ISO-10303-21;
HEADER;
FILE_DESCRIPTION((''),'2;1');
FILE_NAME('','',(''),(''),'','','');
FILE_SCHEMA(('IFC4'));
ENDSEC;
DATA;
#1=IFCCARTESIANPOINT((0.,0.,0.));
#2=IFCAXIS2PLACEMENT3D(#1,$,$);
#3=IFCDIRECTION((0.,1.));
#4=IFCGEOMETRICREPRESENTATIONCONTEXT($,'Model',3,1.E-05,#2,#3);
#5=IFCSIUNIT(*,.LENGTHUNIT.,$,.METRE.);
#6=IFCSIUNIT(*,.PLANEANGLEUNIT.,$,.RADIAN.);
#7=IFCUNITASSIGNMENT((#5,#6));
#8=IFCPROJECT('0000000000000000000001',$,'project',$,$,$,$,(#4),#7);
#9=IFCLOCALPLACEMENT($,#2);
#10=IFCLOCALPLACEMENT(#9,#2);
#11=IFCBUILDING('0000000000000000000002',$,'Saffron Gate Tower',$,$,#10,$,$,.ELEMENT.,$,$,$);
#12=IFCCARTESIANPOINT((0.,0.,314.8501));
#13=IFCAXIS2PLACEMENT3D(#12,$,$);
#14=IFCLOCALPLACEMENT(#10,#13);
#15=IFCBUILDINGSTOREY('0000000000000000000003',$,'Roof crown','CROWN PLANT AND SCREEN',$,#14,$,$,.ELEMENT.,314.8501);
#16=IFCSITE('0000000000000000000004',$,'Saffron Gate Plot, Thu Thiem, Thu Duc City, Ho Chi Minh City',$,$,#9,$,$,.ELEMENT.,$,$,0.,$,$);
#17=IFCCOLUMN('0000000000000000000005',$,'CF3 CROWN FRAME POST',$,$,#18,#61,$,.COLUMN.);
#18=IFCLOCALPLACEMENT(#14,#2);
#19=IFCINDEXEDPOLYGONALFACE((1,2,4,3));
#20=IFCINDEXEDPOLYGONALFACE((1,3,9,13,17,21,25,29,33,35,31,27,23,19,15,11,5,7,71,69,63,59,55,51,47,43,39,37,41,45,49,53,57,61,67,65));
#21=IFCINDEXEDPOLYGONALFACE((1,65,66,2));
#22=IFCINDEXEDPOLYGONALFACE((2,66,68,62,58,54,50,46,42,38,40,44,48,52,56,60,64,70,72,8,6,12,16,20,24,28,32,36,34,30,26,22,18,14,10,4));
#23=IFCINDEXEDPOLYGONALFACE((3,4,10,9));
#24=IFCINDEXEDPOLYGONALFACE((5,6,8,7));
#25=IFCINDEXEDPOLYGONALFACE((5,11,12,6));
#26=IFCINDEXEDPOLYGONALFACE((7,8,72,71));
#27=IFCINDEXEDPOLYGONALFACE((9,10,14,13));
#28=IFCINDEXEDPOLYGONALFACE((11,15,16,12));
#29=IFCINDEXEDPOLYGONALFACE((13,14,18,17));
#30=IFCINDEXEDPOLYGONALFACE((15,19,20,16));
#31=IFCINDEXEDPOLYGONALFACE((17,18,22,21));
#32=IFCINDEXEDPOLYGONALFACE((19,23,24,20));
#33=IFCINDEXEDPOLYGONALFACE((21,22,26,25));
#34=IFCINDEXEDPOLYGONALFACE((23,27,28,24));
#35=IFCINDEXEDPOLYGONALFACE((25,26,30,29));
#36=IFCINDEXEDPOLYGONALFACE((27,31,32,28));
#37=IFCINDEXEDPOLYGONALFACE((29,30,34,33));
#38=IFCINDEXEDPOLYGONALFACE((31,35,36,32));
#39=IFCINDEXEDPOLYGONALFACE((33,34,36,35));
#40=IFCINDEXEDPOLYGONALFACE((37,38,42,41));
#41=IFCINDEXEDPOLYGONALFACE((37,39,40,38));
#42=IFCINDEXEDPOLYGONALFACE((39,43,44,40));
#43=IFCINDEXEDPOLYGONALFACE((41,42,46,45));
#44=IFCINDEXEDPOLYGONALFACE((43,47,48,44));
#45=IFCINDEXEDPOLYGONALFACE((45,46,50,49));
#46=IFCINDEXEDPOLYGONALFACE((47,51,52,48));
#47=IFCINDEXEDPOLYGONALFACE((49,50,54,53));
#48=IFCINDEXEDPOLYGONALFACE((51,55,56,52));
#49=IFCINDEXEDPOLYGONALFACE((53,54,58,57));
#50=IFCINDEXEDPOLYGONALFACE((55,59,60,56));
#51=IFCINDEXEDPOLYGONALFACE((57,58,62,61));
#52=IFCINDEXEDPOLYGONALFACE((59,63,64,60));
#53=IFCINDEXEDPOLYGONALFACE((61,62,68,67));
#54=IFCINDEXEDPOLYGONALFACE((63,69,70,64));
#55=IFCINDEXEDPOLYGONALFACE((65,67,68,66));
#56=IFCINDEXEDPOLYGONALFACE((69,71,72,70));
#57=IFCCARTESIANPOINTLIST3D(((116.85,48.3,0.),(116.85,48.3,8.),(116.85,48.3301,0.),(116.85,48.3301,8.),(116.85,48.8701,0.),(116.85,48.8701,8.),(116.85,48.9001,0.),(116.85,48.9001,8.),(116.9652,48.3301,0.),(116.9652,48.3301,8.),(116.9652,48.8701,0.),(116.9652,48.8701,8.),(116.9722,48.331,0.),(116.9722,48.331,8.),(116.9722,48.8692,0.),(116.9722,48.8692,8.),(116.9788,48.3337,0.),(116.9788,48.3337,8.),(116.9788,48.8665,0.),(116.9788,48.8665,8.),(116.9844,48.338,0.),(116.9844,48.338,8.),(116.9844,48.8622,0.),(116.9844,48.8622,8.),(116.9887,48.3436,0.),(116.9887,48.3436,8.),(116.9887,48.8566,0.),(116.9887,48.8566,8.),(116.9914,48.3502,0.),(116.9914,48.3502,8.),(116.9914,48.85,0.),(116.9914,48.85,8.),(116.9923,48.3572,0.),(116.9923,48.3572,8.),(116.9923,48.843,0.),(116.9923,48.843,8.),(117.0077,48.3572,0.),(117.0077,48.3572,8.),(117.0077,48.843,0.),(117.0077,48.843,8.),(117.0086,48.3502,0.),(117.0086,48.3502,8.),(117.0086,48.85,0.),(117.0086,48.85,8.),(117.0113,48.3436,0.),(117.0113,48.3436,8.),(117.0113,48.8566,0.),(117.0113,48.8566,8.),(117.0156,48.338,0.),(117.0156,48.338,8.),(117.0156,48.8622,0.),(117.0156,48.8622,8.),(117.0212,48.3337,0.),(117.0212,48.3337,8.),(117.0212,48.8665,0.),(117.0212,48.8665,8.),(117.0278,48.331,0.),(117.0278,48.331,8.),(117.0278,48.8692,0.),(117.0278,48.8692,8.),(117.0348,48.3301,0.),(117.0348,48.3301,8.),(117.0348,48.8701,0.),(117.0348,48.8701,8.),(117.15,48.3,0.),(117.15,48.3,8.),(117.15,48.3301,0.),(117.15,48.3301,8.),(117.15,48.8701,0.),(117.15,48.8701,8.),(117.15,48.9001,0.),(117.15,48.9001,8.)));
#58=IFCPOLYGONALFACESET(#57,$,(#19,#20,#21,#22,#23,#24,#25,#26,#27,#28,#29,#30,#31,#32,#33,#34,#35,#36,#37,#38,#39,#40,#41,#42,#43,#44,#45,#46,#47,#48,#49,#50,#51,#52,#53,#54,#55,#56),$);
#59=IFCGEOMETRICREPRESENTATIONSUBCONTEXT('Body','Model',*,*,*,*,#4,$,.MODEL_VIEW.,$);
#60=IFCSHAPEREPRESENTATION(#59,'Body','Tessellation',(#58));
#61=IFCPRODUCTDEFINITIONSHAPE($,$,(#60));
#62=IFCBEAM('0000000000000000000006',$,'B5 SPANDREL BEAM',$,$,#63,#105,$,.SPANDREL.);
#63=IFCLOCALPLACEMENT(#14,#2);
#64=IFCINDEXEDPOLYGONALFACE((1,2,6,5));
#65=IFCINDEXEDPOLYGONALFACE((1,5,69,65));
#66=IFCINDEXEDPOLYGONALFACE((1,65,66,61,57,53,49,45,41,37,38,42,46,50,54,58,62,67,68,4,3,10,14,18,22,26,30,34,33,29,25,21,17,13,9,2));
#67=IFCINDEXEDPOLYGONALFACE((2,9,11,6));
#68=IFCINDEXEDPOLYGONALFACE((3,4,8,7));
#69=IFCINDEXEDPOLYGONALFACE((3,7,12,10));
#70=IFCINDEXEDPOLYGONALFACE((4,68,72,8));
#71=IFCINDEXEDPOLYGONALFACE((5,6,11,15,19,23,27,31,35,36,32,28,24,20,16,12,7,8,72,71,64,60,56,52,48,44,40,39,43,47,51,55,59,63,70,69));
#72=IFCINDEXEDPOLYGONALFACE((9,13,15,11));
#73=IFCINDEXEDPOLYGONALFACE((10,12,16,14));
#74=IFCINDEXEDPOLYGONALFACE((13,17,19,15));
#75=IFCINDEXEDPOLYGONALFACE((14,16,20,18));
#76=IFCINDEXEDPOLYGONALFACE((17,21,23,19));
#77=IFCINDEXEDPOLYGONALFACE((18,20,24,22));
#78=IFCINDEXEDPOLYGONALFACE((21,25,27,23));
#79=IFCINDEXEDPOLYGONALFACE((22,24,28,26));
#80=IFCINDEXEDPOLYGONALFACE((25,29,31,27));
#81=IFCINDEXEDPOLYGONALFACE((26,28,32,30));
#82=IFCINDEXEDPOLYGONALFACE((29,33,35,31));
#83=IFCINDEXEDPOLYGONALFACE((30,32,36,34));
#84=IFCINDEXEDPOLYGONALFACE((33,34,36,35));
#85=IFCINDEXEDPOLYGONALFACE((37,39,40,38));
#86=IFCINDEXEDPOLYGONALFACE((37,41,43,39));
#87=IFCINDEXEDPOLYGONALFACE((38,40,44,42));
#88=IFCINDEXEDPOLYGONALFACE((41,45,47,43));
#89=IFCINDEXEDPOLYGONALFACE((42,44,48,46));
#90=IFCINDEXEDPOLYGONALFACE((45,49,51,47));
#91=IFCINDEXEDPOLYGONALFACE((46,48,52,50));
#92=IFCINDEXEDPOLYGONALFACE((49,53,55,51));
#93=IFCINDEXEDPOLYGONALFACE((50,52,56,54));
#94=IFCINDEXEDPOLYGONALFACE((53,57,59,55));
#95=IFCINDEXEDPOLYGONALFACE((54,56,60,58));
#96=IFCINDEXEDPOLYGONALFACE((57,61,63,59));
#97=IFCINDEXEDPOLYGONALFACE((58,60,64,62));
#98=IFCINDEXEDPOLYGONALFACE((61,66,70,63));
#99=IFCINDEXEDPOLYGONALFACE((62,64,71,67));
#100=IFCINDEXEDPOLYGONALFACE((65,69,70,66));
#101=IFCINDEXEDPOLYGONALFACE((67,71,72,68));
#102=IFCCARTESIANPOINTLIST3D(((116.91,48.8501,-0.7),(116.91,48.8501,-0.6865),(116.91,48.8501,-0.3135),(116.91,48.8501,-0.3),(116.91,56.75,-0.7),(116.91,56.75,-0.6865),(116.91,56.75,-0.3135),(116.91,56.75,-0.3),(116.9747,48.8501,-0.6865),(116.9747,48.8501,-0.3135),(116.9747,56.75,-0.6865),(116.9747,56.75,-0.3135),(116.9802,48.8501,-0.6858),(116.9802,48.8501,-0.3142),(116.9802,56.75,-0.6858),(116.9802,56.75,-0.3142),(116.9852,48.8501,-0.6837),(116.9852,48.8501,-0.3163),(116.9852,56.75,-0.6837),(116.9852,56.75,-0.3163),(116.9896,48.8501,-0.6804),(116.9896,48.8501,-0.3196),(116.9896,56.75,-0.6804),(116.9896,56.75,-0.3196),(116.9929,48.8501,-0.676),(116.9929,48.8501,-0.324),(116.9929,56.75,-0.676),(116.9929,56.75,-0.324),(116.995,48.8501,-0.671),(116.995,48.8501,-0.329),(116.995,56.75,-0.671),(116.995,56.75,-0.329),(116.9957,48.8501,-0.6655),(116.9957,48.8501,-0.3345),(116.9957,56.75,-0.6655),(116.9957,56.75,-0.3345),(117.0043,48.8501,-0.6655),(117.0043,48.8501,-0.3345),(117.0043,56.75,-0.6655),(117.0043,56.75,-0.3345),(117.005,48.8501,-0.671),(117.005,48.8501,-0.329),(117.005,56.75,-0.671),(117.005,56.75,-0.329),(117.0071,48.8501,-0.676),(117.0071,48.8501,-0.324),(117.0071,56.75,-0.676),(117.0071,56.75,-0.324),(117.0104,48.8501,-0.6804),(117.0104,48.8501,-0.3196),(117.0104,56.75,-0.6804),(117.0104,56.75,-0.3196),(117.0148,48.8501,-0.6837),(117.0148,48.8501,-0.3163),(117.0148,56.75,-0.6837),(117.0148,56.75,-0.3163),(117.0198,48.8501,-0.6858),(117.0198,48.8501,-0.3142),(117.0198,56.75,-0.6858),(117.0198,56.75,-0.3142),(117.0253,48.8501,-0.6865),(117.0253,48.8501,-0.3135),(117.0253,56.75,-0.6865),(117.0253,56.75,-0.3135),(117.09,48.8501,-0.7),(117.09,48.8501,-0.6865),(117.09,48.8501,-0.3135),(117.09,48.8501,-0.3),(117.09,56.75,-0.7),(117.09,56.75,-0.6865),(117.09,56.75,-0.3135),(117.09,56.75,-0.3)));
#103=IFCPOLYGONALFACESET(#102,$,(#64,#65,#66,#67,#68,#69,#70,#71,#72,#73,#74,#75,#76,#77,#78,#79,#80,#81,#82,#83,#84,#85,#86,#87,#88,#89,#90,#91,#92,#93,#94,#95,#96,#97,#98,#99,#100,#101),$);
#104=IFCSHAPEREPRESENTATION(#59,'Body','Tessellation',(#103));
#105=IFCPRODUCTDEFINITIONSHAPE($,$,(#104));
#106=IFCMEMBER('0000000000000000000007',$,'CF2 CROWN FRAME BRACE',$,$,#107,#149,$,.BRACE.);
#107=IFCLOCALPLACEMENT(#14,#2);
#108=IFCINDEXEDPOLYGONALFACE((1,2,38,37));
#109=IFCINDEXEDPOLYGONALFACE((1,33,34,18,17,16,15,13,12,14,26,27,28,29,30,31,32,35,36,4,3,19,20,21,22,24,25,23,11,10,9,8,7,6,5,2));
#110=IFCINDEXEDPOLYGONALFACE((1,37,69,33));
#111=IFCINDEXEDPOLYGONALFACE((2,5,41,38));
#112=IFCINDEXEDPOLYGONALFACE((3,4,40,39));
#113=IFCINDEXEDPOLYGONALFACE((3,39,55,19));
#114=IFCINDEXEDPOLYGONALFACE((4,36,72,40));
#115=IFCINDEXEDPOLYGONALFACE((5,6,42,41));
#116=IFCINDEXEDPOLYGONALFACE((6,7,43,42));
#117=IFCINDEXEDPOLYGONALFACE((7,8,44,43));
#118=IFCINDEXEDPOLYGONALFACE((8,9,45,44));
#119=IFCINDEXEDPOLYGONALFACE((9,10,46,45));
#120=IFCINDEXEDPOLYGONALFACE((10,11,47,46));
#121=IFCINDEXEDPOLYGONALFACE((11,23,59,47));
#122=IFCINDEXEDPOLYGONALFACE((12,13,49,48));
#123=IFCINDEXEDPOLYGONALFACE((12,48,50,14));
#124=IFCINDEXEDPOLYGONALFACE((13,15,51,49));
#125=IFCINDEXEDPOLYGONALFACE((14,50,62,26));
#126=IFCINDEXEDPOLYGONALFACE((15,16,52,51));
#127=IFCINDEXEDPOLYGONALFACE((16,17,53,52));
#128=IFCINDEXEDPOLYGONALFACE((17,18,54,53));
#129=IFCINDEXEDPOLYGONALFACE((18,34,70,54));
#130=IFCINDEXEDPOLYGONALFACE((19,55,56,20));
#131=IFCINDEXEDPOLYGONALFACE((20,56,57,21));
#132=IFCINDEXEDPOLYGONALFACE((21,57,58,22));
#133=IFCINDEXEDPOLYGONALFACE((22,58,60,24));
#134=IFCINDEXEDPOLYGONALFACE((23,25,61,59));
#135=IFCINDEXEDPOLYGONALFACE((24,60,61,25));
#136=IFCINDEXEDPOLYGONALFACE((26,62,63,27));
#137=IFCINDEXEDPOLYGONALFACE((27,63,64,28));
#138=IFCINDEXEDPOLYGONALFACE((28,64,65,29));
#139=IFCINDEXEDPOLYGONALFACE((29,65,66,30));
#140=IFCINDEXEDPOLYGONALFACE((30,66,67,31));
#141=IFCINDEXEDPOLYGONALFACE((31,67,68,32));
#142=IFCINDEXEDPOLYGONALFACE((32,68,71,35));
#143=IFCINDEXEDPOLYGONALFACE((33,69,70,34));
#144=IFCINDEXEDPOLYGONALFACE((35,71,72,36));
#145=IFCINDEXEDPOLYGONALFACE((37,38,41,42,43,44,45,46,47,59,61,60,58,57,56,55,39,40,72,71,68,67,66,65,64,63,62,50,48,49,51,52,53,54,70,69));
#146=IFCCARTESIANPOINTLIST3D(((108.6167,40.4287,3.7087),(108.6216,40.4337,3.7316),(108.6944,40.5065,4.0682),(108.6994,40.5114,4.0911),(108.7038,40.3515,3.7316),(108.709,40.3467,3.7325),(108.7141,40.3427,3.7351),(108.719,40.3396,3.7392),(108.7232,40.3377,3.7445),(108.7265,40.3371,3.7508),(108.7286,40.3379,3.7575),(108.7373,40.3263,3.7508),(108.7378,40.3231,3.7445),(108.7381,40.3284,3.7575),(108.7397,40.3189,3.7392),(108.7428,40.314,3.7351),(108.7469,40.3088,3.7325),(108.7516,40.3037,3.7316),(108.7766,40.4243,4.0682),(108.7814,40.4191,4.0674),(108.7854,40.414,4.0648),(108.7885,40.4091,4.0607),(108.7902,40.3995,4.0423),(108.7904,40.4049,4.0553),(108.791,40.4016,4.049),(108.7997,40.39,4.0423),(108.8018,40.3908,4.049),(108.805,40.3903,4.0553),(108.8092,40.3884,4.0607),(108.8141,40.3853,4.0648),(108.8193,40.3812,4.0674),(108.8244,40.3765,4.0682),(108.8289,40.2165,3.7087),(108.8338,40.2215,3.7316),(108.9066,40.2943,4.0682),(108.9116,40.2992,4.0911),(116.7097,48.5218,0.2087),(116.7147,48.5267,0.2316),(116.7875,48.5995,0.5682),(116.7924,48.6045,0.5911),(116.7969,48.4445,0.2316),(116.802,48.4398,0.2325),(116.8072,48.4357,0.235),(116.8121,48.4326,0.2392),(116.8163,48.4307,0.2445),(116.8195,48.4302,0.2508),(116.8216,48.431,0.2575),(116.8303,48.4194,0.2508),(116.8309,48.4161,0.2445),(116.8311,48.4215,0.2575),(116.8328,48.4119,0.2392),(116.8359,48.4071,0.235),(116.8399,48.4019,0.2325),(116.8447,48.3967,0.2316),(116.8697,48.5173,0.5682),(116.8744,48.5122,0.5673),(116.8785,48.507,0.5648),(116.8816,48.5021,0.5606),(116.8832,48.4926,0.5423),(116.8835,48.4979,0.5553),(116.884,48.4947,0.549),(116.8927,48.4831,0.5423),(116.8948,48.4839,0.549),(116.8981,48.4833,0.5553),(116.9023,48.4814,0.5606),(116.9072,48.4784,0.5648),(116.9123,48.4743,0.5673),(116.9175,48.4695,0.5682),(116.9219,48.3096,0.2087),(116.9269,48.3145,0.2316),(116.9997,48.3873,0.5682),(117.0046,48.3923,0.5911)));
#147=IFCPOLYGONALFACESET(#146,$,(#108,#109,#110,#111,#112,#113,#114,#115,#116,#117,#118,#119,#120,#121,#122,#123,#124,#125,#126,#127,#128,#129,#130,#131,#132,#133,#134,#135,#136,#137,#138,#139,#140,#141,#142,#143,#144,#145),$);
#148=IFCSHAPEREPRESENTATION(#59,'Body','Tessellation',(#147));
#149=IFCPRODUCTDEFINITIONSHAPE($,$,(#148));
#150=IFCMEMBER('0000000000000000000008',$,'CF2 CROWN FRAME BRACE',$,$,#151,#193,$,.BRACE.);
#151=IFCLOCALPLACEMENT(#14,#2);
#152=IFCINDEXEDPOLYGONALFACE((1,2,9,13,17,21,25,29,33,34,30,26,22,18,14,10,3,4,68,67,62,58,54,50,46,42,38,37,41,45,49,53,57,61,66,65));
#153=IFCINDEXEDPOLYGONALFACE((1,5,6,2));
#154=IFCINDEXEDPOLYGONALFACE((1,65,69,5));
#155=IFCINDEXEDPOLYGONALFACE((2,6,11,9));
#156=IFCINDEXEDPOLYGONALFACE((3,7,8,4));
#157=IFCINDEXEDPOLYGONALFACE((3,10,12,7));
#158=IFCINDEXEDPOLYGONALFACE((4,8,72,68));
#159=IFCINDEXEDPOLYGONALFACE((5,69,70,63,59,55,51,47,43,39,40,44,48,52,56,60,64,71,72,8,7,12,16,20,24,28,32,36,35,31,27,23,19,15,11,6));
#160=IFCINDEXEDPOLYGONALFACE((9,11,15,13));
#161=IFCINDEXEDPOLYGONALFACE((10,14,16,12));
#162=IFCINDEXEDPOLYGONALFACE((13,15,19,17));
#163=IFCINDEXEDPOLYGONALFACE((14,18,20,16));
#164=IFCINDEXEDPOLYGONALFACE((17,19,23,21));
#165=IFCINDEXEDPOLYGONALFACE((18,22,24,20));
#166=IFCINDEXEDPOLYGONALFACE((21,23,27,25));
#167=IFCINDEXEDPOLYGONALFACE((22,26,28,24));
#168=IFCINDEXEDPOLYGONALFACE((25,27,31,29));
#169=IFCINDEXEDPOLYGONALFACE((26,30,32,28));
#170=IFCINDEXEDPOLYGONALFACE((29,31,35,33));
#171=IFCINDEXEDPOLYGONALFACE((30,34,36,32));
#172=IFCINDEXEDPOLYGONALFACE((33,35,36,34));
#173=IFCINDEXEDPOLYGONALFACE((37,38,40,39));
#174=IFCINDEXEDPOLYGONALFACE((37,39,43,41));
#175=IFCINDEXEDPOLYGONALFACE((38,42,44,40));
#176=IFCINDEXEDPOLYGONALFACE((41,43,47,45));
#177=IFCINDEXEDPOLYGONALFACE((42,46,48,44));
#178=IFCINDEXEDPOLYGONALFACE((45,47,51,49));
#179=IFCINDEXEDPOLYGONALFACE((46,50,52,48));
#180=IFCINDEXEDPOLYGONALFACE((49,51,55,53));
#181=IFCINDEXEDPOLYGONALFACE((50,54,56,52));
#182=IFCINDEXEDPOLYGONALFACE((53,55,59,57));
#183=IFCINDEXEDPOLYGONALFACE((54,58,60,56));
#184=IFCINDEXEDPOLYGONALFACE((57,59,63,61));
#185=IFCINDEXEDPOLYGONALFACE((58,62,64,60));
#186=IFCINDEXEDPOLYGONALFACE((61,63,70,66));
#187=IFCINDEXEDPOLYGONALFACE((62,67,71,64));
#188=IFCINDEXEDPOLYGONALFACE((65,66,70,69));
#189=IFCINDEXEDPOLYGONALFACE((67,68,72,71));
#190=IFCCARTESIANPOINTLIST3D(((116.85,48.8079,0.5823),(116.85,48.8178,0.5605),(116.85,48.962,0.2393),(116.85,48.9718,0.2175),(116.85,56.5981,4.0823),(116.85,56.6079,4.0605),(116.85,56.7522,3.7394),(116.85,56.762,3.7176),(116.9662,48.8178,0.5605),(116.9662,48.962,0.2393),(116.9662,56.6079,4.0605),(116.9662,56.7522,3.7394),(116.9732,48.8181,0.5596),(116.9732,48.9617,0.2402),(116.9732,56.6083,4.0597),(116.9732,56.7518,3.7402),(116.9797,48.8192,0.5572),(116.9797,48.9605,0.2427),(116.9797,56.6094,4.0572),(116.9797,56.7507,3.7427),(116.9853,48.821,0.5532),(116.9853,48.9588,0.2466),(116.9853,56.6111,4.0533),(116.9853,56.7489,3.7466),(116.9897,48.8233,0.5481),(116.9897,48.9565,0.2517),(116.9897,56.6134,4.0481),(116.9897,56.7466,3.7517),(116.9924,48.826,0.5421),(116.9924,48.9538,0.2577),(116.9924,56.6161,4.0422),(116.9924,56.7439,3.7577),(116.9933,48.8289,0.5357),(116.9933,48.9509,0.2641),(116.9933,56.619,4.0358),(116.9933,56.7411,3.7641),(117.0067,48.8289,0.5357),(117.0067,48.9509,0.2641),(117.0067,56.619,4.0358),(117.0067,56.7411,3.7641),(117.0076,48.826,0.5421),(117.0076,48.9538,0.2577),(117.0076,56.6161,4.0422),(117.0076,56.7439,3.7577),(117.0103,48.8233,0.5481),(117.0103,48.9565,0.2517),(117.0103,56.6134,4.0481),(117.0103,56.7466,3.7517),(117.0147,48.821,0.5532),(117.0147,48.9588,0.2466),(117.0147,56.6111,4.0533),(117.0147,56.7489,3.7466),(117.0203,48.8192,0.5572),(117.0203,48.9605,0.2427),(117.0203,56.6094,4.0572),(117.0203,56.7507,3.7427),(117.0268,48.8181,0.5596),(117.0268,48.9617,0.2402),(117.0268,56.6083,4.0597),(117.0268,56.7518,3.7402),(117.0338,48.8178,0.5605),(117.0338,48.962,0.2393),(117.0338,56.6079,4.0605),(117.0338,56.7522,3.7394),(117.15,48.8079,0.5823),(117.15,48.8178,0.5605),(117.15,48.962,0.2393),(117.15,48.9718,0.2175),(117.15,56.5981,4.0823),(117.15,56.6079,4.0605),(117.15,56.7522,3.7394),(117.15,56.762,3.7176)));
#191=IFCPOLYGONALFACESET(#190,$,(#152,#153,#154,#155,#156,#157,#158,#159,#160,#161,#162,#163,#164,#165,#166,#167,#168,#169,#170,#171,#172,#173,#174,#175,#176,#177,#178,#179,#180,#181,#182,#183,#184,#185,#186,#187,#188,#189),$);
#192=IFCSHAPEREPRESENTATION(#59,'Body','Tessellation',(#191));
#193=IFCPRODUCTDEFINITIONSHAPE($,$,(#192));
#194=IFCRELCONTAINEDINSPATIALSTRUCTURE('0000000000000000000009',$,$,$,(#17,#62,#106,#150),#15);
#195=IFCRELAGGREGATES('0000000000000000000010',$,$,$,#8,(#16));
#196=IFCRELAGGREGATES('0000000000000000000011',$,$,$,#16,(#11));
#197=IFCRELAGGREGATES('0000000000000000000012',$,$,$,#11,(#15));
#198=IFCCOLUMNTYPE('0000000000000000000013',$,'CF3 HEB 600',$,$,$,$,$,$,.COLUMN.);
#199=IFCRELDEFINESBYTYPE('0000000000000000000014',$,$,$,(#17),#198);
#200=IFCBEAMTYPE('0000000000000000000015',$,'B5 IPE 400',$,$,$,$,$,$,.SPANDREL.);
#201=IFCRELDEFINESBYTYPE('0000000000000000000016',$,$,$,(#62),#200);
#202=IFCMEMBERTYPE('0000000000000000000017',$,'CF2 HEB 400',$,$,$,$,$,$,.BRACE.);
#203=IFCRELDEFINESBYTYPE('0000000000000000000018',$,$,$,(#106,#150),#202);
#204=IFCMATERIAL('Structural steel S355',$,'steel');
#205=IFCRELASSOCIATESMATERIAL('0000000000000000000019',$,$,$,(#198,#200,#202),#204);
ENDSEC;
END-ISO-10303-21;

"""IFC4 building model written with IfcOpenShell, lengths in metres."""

from ifc_helpers import new_model, si_unit, direction, frame, origin, origin_2d, place, context, subcontext, project, spatial, i_section, extrude, material, material_profile, profile_set, type_object, element, save


model = new_model("IFC4")

# Units and contexts
model_context = context("Model", 3, precision=1e-05, world=origin(), true_north=direction((0.0, 1.0)))
body_context = subcontext(model_context, "Body", "Model", "MODEL_VIEW")
ifc_project = project(units=[si_unit("LENGTHUNIT", "METRE"), si_unit("PLANEANGLEUNIT", "RADIAN")], contexts=[model_context])

# Site, building, storey
site_placement = place(None, origin())
site = spatial("IfcSite", under=ifc_project, at=site_placement, Name="Saffron Gate Plot, Thu Thiem, Thu Duc City, Ho Chi Minh City", CompositionType="ELEMENT", RefElevation=0.0)
building_placement = place(site_placement, origin())
building = spatial("IfcBuilding", under=site, at=building_placement, Name="Saffron Gate Tower", CompositionType="ELEMENT")
storey_placement = place(building_placement, frame((0.0, 0.0, 314.8501)))
storey = spatial("IfcBuildingStorey", under=building, at=storey_placement, Name="Roof crown", Description="CROWN PLANT AND SCREEN", CompositionType="ELEMENT", Elevation=314.8501)

# Column
ifc_material_1 = material(Name="Structural steel S355", Category="steel")
ifc_material_profile_1 = material_profile(ifc_material_1, i_section(OverallWidth=0.3, OverallDepth=0.6001, WebThickness=0.0154, FlangeThickness=0.03, FilletRadius=0.0271, at=origin_2d()))
ifc_profile_set_1 = profile_set([ifc_material_profile_1], Name="Structural steel S355")
column_type = type_object("IfcColumnType", Name="CF3 HEB 600", PredefinedType="COLUMN", material=ifc_profile_set_1)
column_placement = place(storey_placement, frame((117.0, 48.6001, 0.0), z_axis=(0.0, 0.0, 1.0), x_axis=(1.0, 0.0, 0.0)))
element("IfcColumn", 1, at=column_placement, inside=storey, type_object=column_type, Name="CF3 CROWN FRAME POST", PredefinedType="COLUMN", context=body_context, shape_type="SweptSolid", body=[
    extrude(i_section(OverallWidth=0.3, OverallDepth=0.6001, WebThickness=0.0154, FlangeThickness=0.03, FilletRadius=0.0271, at=origin_2d()), origin(), (0.0, 0.0, 1.0), 8.0),
])

# Beam
ifc_material_profile_2 = material_profile(ifc_material_1, i_section(OverallWidth=0.1799, OverallDepth=0.3999, WebThickness=0.0085, FlangeThickness=0.0134, FilletRadius=0.021, at=origin_2d()))
ifc_profile_set_2 = profile_set([ifc_material_profile_2], Name="Structural steel S355")
beam_type_1 = type_object("IfcBeamType", Name="B5 IPE 400", PredefinedType="SPANDREL", material=ifc_profile_set_2)
beam_1_placement = place(storey_placement, frame((117.0, 48.8501, -0.5), z_axis=(0.0, 1.0, 0.0), x_axis=(-1.0, 0.0, 0.0)))
element("IfcBeam", 2, at=beam_1_placement, inside=storey, type_object=beam_type_1, Name="B5 SPANDREL BEAM", PredefinedType="SPANDREL", context=body_context, shape_type="SweptSolid", body=[
    extrude(i_section(OverallWidth=0.1799, OverallDepth=0.3999, WebThickness=0.0085, FlangeThickness=0.0134, FilletRadius=0.021, at=origin_2d()), origin(), (0.0, 0.0, 1.0), 7.8999),
])

# Members
ifc_material_profile_3 = material_profile(ifc_material_1, i_section(OverallWidth=0.3, OverallDepth=0.3999, WebThickness=0.0134, FlangeThickness=0.0239, FilletRadius=0.0271, at=origin_2d()))
ifc_profile_set_3 = profile_set([ifc_material_profile_3], Name="Structural steel S355")
member_type_1 = type_object("IfcMemberType", Name="CF2 HEB 400", PredefinedType="BRACE", material=ifc_profile_set_3)
member_1_placement = place(storey_placement, frame((116.8572, 48.457, 0.3999), z_axis=(-0.676196, -0.676196, 0.292435), x_axis=(0.707107, -0.707107, 0.0)))
element("IfcMember", 3, at=member_1_placement, inside=storey, type_object=member_type_1, Name="CF2 CROWN FRAME BRACE", PredefinedType="BRACE", context=body_context, shape_type="SweptSolid", body=[
    extrude(i_section(OverallWidth=0.3, OverallDepth=0.3999, WebThickness=0.0134, FlangeThickness=0.0239, FilletRadius=0.0271, at=origin_2d()), origin(), (0.0, 0.0, 1.0), 11.9685),
])
member_2_placement = place(storey_placement, frame((117.0, 48.8899, 0.3999), z_axis=(0.0, 0.912163, 0.409827), x_axis=(-1.0, 0.0, 0.0)))
element("IfcMember", 4, at=member_2_placement, inside=storey, type_object=member_type_1, Name="CF2 CROWN FRAME BRACE", PredefinedType="BRACE", context=body_context, shape_type="SweptSolid", body=[
    extrude(i_section(OverallWidth=0.3, OverallDepth=0.3999, WebThickness=0.0134, FlangeThickness=0.0239, FilletRadius=0.0271, at=origin_2d()), origin(), (0.0, 0.0, 1.0), 8.5403),
])

save(model, "model.ifc")
